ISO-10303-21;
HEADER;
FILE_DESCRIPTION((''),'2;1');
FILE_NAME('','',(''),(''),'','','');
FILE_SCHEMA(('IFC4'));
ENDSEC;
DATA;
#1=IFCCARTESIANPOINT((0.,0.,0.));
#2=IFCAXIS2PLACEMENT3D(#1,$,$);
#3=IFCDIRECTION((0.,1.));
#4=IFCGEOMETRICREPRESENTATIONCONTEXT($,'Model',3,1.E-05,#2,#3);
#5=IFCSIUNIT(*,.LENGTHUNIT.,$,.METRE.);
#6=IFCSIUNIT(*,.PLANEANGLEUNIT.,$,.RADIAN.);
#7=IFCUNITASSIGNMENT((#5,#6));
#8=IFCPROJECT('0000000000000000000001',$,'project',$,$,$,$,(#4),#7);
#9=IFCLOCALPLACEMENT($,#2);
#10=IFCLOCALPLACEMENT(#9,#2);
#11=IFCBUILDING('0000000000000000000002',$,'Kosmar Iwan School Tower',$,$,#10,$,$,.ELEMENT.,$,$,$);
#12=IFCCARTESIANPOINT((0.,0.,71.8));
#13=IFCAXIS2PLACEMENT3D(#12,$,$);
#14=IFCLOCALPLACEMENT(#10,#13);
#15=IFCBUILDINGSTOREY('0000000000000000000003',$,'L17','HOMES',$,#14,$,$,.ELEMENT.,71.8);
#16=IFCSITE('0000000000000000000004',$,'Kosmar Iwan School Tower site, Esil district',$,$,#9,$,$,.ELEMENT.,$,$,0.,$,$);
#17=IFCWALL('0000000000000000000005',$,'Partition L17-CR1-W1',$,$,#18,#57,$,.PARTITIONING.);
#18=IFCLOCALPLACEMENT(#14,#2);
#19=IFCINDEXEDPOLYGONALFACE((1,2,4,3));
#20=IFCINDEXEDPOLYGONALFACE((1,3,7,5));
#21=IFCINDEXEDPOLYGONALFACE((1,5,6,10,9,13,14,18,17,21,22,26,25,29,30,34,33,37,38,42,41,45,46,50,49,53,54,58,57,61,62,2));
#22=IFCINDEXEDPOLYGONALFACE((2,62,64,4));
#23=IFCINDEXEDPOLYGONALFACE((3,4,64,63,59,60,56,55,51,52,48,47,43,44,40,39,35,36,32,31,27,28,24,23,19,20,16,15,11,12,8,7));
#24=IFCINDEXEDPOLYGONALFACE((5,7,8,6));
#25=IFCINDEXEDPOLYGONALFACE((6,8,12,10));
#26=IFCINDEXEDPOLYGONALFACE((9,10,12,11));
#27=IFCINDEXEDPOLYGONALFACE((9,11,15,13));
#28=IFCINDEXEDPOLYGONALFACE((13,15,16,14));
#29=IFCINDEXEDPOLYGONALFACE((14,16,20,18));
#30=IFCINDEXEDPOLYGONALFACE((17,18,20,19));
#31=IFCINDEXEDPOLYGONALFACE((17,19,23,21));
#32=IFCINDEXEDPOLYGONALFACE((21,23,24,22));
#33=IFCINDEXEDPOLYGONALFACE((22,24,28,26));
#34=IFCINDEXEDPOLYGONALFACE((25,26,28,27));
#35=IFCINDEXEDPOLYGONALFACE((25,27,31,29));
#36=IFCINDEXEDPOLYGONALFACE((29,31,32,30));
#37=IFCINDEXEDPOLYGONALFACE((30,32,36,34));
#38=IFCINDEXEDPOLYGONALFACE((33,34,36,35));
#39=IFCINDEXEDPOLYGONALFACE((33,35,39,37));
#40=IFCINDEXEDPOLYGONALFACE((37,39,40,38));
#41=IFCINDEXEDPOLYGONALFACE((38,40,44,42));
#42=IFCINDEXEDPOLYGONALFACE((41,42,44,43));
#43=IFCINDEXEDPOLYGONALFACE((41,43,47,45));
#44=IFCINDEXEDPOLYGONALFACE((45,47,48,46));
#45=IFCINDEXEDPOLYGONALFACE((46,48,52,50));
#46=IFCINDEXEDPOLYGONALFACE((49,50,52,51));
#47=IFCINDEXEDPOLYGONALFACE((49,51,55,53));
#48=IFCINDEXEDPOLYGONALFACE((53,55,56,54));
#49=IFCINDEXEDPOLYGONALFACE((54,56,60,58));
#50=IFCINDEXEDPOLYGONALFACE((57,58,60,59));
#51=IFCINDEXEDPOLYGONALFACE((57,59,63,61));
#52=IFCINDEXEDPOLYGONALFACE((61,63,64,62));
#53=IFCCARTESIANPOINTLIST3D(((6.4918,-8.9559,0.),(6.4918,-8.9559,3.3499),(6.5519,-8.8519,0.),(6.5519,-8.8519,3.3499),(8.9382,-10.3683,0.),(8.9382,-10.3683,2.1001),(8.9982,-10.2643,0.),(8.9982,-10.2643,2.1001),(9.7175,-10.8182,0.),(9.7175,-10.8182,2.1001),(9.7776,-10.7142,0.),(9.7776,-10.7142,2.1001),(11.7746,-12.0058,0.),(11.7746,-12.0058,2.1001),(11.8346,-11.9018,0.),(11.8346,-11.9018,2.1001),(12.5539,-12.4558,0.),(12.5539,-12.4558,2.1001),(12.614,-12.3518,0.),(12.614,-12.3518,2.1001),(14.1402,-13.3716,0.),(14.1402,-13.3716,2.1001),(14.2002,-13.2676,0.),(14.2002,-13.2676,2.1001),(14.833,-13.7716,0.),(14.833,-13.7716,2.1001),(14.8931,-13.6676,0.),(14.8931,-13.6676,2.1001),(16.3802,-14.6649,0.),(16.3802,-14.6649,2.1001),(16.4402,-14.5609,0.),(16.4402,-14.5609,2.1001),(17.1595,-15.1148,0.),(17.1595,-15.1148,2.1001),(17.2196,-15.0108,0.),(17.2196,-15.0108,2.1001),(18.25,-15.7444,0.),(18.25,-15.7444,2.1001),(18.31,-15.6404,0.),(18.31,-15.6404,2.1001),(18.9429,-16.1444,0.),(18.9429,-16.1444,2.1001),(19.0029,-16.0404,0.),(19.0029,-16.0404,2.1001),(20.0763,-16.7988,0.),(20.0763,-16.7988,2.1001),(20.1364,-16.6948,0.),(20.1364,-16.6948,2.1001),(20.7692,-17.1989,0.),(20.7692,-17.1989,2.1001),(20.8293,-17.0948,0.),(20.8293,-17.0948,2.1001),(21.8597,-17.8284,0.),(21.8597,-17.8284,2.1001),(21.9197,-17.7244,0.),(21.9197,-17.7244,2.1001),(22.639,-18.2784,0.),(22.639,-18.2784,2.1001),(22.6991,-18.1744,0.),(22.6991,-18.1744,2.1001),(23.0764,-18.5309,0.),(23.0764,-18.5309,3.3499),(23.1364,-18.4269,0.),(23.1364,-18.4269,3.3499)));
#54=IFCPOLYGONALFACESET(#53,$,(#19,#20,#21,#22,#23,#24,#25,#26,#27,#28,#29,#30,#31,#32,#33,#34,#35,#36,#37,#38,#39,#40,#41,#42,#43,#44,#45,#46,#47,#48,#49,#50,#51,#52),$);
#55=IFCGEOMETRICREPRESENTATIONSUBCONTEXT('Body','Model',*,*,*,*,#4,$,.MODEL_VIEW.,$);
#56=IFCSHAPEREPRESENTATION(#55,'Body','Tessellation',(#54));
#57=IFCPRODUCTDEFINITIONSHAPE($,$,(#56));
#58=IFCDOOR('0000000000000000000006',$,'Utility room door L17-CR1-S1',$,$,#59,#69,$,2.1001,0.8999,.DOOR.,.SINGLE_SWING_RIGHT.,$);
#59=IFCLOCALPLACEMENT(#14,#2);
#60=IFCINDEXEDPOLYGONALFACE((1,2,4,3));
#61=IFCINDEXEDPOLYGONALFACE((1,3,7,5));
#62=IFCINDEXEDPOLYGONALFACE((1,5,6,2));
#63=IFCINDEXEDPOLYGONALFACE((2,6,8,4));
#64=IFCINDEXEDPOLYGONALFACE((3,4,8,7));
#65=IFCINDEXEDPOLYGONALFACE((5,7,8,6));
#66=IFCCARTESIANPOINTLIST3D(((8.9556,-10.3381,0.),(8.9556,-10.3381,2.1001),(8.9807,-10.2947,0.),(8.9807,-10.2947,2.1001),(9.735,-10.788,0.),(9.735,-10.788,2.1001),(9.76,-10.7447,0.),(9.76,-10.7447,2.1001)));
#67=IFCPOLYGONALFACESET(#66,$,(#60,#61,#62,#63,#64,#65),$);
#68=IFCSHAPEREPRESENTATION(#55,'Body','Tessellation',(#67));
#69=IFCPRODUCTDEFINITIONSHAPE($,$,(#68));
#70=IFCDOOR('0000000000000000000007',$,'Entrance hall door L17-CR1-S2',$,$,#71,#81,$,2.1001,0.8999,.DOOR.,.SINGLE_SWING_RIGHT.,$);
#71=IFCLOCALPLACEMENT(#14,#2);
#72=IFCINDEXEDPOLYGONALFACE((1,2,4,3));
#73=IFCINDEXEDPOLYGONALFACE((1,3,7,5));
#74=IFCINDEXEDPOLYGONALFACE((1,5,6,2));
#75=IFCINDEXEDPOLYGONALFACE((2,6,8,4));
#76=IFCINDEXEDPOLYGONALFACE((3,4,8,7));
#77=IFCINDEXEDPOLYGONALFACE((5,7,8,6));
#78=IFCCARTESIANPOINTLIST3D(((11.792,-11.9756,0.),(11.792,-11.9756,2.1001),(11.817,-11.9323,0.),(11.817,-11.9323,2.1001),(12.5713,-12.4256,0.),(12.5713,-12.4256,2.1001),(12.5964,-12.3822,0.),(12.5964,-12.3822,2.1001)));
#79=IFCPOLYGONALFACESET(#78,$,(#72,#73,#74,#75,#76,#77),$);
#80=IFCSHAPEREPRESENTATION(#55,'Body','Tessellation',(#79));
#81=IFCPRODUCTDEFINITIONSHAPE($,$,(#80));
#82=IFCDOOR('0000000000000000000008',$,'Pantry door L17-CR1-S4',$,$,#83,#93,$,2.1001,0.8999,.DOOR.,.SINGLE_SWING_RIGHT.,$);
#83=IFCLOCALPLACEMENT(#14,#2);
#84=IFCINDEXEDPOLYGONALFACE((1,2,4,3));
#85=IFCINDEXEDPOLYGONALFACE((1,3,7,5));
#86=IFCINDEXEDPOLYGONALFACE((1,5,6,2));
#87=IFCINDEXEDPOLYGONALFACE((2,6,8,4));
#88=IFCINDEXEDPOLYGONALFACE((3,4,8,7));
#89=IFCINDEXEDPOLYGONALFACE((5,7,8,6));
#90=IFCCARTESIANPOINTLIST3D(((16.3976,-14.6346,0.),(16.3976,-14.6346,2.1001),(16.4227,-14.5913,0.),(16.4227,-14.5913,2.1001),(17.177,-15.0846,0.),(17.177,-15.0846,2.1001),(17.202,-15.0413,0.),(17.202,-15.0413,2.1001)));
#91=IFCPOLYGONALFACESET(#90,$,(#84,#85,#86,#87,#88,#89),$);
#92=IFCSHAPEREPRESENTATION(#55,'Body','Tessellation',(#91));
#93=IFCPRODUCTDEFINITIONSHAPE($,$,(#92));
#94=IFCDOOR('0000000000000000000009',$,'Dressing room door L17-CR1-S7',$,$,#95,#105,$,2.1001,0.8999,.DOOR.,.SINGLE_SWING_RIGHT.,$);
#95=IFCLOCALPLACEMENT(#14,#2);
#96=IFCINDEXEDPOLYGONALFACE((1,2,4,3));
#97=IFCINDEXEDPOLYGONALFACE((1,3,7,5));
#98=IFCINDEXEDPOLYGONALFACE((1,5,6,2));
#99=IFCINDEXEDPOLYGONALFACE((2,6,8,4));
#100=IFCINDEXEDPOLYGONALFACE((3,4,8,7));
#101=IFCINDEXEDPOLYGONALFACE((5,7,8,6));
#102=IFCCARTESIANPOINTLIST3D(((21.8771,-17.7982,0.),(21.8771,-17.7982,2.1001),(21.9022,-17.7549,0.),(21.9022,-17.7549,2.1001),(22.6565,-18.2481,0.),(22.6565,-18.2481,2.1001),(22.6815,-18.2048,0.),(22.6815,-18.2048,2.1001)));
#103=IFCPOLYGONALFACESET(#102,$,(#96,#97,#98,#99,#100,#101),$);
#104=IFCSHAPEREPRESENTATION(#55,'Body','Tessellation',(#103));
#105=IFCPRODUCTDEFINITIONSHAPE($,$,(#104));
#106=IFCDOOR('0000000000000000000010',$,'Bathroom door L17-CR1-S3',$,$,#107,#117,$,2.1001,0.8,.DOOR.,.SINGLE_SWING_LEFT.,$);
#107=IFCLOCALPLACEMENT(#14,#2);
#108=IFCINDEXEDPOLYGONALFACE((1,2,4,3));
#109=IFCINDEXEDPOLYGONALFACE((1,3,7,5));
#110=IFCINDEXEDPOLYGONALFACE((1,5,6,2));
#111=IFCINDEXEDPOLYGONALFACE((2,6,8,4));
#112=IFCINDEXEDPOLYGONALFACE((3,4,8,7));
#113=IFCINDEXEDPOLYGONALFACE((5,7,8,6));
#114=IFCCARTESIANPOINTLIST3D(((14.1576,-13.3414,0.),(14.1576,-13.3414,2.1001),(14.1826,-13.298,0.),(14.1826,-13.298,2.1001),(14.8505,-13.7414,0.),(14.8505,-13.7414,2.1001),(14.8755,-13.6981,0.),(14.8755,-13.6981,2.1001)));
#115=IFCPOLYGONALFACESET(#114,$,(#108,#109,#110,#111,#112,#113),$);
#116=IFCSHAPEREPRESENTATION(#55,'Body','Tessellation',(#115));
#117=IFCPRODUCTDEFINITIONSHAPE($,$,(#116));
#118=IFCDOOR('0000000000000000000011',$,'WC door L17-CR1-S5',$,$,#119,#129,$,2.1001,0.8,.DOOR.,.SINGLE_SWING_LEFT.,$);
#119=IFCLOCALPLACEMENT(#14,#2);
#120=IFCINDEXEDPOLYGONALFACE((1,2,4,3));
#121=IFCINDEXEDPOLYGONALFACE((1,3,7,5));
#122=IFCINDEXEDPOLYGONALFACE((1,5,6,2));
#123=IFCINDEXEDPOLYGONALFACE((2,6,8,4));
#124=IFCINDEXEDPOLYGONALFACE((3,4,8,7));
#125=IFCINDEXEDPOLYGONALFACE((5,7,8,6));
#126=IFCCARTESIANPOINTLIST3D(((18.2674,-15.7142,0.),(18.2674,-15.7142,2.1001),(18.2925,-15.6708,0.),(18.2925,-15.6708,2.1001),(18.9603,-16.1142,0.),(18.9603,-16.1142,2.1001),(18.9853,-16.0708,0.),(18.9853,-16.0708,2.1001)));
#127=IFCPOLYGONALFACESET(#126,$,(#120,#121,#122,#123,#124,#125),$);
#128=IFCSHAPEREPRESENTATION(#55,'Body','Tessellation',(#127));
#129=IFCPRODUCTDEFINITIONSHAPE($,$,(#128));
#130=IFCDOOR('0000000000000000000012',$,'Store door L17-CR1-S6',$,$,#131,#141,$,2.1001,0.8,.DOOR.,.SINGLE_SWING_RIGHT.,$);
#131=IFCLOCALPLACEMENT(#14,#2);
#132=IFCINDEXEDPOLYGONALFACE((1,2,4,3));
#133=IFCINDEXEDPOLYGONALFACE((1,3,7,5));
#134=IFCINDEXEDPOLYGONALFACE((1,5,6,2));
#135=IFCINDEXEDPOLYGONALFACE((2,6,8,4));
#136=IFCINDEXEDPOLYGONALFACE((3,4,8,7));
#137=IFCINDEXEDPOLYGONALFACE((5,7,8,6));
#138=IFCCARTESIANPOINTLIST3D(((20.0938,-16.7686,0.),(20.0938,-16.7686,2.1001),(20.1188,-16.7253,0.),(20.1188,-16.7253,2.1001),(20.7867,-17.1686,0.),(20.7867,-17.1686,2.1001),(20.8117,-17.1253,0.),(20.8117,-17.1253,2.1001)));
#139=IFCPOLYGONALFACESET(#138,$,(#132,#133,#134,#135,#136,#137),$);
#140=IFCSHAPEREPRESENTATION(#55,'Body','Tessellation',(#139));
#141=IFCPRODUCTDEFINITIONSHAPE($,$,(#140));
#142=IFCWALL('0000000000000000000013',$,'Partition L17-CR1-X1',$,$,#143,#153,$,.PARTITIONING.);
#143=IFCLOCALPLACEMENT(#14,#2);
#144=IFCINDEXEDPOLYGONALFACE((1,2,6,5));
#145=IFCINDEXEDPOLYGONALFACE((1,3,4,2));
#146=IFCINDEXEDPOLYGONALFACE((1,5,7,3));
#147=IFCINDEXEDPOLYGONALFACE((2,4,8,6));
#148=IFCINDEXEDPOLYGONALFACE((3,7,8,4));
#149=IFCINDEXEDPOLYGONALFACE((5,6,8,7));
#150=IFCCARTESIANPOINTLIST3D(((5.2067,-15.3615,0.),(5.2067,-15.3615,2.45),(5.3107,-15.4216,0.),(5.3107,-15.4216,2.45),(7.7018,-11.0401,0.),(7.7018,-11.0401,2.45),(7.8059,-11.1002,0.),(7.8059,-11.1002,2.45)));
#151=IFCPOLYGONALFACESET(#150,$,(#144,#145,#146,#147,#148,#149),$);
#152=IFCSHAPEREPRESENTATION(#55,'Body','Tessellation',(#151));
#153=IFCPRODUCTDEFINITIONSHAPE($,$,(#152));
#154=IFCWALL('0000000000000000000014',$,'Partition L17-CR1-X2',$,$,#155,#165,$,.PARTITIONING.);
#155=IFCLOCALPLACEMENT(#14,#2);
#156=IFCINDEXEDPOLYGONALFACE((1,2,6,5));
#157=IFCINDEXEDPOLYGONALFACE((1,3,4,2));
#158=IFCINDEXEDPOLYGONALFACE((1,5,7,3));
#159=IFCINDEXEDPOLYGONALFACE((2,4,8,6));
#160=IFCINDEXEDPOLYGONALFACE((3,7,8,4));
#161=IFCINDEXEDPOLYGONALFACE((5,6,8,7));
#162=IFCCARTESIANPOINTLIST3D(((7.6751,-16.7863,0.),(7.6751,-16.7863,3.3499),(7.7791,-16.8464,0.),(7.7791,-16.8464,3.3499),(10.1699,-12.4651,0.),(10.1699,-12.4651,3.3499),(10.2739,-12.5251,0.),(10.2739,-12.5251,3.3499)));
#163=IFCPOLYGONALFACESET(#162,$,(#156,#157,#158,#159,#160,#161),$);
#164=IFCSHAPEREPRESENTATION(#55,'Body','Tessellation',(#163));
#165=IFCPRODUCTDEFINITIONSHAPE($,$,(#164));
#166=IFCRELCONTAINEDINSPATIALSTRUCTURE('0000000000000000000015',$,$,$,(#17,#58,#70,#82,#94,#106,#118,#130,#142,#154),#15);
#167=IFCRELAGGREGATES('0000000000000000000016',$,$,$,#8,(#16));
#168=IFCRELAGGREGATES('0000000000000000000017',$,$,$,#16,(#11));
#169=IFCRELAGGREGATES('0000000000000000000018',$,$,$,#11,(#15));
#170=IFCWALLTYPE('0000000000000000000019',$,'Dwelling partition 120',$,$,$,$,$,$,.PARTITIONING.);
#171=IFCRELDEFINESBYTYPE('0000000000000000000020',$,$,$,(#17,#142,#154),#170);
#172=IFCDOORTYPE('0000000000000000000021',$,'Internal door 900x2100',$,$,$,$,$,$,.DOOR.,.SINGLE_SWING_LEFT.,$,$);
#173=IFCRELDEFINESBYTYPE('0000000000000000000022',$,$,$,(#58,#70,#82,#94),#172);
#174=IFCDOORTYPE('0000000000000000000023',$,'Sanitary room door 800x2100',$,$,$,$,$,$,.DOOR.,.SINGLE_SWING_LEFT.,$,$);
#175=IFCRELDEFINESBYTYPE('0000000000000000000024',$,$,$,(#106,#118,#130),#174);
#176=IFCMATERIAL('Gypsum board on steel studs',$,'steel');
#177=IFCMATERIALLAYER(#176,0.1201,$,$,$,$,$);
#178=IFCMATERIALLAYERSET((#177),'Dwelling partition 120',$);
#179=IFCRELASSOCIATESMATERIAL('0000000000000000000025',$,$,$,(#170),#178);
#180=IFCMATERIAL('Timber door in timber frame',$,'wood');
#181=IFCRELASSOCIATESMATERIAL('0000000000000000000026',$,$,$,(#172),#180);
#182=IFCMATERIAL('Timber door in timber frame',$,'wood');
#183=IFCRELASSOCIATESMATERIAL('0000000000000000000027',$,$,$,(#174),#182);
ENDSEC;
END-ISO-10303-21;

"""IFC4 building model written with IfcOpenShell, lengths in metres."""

from ifc_helpers import new_model, si_unit, direction, frame, frame_2d, origin, place, context, subcontext, project, spatial, rectangle, extrude, material, layer, layer_set, type_object, element, fill, save


model = new_model("IFC4")

# Units and contexts
model_context = context("Model", 3, precision=1e-05, world=origin(), true_north=direction((0.0, 1.0)))
body_context = subcontext(model_context, "Body", "Model", "MODEL_VIEW")
ifc_project = project(units=[si_unit("LENGTHUNIT", "METRE"), si_unit("PLANEANGLEUNIT", "RADIAN")], contexts=[model_context])

# Site, building, storey
site_placement = place(None, origin())
site = spatial("IfcSite", under=ifc_project, at=site_placement, Name="Kosmar Iwan School Tower site, Esil district", CompositionType="ELEMENT", RefElevation=0.0)
building_placement = place(site_placement, origin())
building = spatial("IfcBuilding", under=site, at=building_placement, Name="Kosmar Iwan School Tower", CompositionType="ELEMENT")
storey_placement = place(building_placement, frame((0.0, 0.0, 71.8)))
storey = spatial("IfcBuildingStorey", under=building, at=storey_placement, Name="L17", Description="HOMES", CompositionType="ELEMENT", Elevation=71.8)

# Shared definitions
ifc_material_1 = material(Name="Gypsum board on steel studs", Category="steel")
ifc_layer_1 = layer(ifc_material_1, 0.1201)
ifc_layer_set_1 = layer_set([ifc_layer_1], Name="Dwelling partition 120")
wall_type_1 = type_object("IfcWallType", Name="Dwelling partition 120", PredefinedType="PARTITIONING", material=ifc_layer_set_1)

# Wall, openings, doors
wall_1_placement = place(storey_placement, frame((6.5217, -8.9038, 0.0), z_axis=(0.0, 0.0, 1.0), x_axis=(0.866028, -0.499996, 0.0)))
wall_1 = element("IfcWall", 1, at=wall_1_placement, inside=storey, type_object=wall_type_1, Name="Partition L17-CR1-W1", PredefinedType="PARTITIONING", context=body_context, shape_type="SweptSolid", body=[
    extrude(rectangle(XDim=19.1501, YDim=0.1201, at=frame_2d((9.5752, 0.0))), origin(), (0.0, 0.0, 1.0), 3.3499),
])
opening_1_placement = place(wall_1_placement, frame((2.825, 0.0, 0.0)))
opening_1 = element("IfcOpeningElement", 2, at=opening_1_placement, cuts=wall_1, PredefinedType="OPENING", context=body_context, shape_type="SweptSolid", body=[
    extrude(rectangle(XDim=0.8999, YDim=2.1001, at=frame_2d((0.45, 1.05))), frame((0.0, 0.072, 0.0), z_axis=(0.0, -1.0, 0.0), x_axis=(1.0, 0.0, 0.0)), (0.0, 0.0, 1.0), 0.144),
])
opening_2_placement = place(wall_1_placement, frame((6.1001, 0.0, 0.0)))
opening_2 = element("IfcOpeningElement", 3, at=opening_2_placement, cuts=wall_1, PredefinedType="OPENING", context=body_context, shape_type="SweptSolid", body=[
    extrude(rectangle(XDim=0.8999, YDim=2.1001, at=frame_2d((0.45, 1.05))), frame((0.0, 0.072, 0.0), z_axis=(0.0, -1.0, 0.0), x_axis=(1.0, 0.0, 0.0)), (0.0, 0.0, 1.0), 0.144),
])
opening_3_placement = place(wall_1_placement, frame((8.8318, 0.0, 0.0)))
opening_3 = element("IfcOpeningElement", 4, at=opening_3_placement, cuts=wall_1, PredefinedType="OPENING", context=body_context, shape_type="SweptSolid", body=[
    extrude(rectangle(XDim=0.8, YDim=2.1001, at=frame_2d((0.3999, 1.05))), frame((0.0, 0.072, 0.0), z_axis=(0.0, -1.0, 0.0), x_axis=(1.0, 0.0, 0.0)), (0.0, 0.0, 1.0), 0.144),
])
opening_4_placement = place(wall_1_placement, frame((11.4182, 0.0, 0.0)))
opening_4 = element("IfcOpeningElement", 5, at=opening_4_placement, cuts=wall_1, PredefinedType="OPENING", context=body_context, shape_type="SweptSolid", body=[
    extrude(rectangle(XDim=0.8999, YDim=2.1001, at=frame_2d((0.45, 1.05))), frame((0.0, 0.072, 0.0), z_axis=(0.0, -1.0, 0.0), x_axis=(1.0, 0.0, 0.0)), (0.0, 0.0, 1.0), 0.144),
])
opening_5_placement = place(wall_1_placement, frame((13.5774, 0.0, 0.0)))
opening_5 = element("IfcOpeningElement", 6, at=opening_5_placement, cuts=wall_1, PredefinedType="OPENING", context=body_context, shape_type="SweptSolid", body=[
    extrude(rectangle(XDim=0.8, YDim=2.1001, at=frame_2d((0.3999, 1.05))), frame((0.0, 0.072, 0.0), z_axis=(0.0, -1.0, 0.0), x_axis=(1.0, 0.0, 0.0)), (0.0, 0.0, 1.0), 0.144),
])
opening_6_placement = place(wall_1_placement, frame((15.6863, 0.0, 0.0)))
opening_6 = element("IfcOpeningElement", 7, at=opening_6_placement, cuts=wall_1, PredefinedType="OPENING", context=body_context, shape_type="SweptSolid", body=[
    extrude(rectangle(XDim=0.8, YDim=2.1001, at=frame_2d((0.3999, 1.05))), frame((0.0, 0.072, 0.0), z_axis=(0.0, -1.0, 0.0), x_axis=(1.0, 0.0, 0.0)), (0.0, 0.0, 1.0), 0.144),
])
opening_7_placement = place(wall_1_placement, frame((17.7454, 0.0, 0.0)))
opening_7 = element("IfcOpeningElement", 8, at=opening_7_placement, cuts=wall_1, PredefinedType="OPENING", context=body_context, shape_type="SweptSolid", body=[
    extrude(rectangle(XDim=0.8999, YDim=2.1001, at=frame_2d((0.45, 1.05))), frame((0.0, 0.072, 0.0), z_axis=(0.0, -1.0, 0.0), x_axis=(1.0, 0.0, 0.0)), (0.0, 0.0, 1.0), 0.144),
])
ifc_material_2 = material(Name="Timber door in timber frame", Category="wood")
door_type_1 = type_object("IfcDoorType", Name="Internal door 900x2100", OperationType="SINGLE_SWING_LEFT", PredefinedType="DOOR", material=ifc_material_2)
door_1_placement = place(opening_1_placement, origin())
door_1 = element("IfcDoor", 9, at=door_1_placement, inside=storey, type_object=door_type_1, Name="Utility room door L17-CR1-S1", OperationType="SINGLE_SWING_RIGHT", OverallHeight=2.1001, OverallWidth=0.8999, PredefinedType="DOOR", context=body_context, shape_type="SweptSolid", body=[
    extrude(rectangle(XDim=0.8999, YDim=2.1001, at=frame_2d((0.45, 1.05))), frame((0.0, 0.0249, 0.0), z_axis=(0.0, -1.0, 0.0), x_axis=(1.0, 0.0, 0.0)), (0.0, 0.0, 1.0), 0.05),
])
fill(opening_1, door_1)
door_2_placement = place(opening_2_placement, origin())
door_2 = element("IfcDoor", 10, at=door_2_placement, inside=storey, type_object=door_type_1, Name="Entrance hall door L17-CR1-S2", OperationType="SINGLE_SWING_RIGHT", OverallHeight=2.1001, OverallWidth=0.8999, PredefinedType="DOOR", context=body_context, shape_type="SweptSolid", body=[
    extrude(rectangle(XDim=0.8999, YDim=2.1001, at=frame_2d((0.45, 1.05))), frame((0.0, 0.0249, 0.0), z_axis=(0.0, -1.0, 0.0), x_axis=(1.0, 0.0, 0.0)), (0.0, 0.0, 1.0), 0.05),
])
fill(opening_2, door_2)
door_3_placement = place(opening_4_placement, origin())
door_3 = element("IfcDoor", 11, at=door_3_placement, inside=storey, type_object=door_type_1, Name="Pantry door L17-CR1-S4", OperationType="SINGLE_SWING_RIGHT", OverallHeight=2.1001, OverallWidth=0.8999, PredefinedType="DOOR", context=body_context, shape_type="SweptSolid", body=[
    extrude(rectangle(XDim=0.8999, YDim=2.1001, at=frame_2d((0.45, 1.05))), frame((0.0, 0.0249, 0.0), z_axis=(0.0, -1.0, 0.0), x_axis=(1.0, 0.0, 0.0)), (0.0, 0.0, 1.0), 0.05),
])
fill(opening_4, door_3)
door_4_placement = place(opening_7_placement, origin())
door_4 = element("IfcDoor", 12, at=door_4_placement, inside=storey, type_object=door_type_1, Name="Dressing room door L17-CR1-S7", OperationType="SINGLE_SWING_RIGHT", OverallHeight=2.1001, OverallWidth=0.8999, PredefinedType="DOOR", context=body_context, shape_type="SweptSolid", body=[
    extrude(rectangle(XDim=0.8999, YDim=2.1001, at=frame_2d((0.45, 1.05))), frame((0.0, 0.0249, 0.0), z_axis=(0.0, -1.0, 0.0), x_axis=(1.0, 0.0, 0.0)), (0.0, 0.0, 1.0), 0.05),
])
fill(opening_7, door_4)
ifc_material_3 = material(Name="Timber door in timber frame", Category="wood")
door_type_2 = type_object("IfcDoorType", Name="Sanitary room door 800x2100", OperationType="SINGLE_SWING_LEFT", PredefinedType="DOOR", material=ifc_material_3)
door_5_placement = place(opening_3_placement, origin())
door_5 = element("IfcDoor", 13, at=door_5_placement, inside=storey, type_object=door_type_2, Name="Bathroom door L17-CR1-S3", OperationType="SINGLE_SWING_LEFT", OverallHeight=2.1001, OverallWidth=0.8, PredefinedType="DOOR", context=body_context, shape_type="SweptSolid", body=[
    extrude(rectangle(XDim=0.8, YDim=2.1001, at=frame_2d((0.3999, 1.05))), frame((0.0, 0.0249, 0.0), z_axis=(0.0, -1.0, 0.0), x_axis=(1.0, 0.0, 0.0)), (0.0, 0.0, 1.0), 0.05),
])
fill(opening_3, door_5)
door_6_placement = place(opening_5_placement, origin())
door_6 = element("IfcDoor", 14, at=door_6_placement, inside=storey, type_object=door_type_2, Name="WC door L17-CR1-S5", OperationType="SINGLE_SWING_LEFT", OverallHeight=2.1001, OverallWidth=0.8, PredefinedType="DOOR", context=body_context, shape_type="SweptSolid", body=[
    extrude(rectangle(XDim=0.8, YDim=2.1001, at=frame_2d((0.3999, 1.05))), frame((0.0, 0.0249, 0.0), z_axis=(0.0, -1.0, 0.0), x_axis=(1.0, 0.0, 0.0)), (0.0, 0.0, 1.0), 0.05),
])
fill(opening_5, door_6)
door_7_placement = place(opening_6_placement, origin())
door_7 = element("IfcDoor", 15, at=door_7_placement, inside=storey, type_object=door_type_2, Name="Store door L17-CR1-S6", OperationType="SINGLE_SWING_RIGHT", OverallHeight=2.1001, OverallWidth=0.8, PredefinedType="DOOR", context=body_context, shape_type="SweptSolid", body=[
    extrude(rectangle(XDim=0.8, YDim=2.1001, at=frame_2d((0.3999, 1.05))), frame((0.0, 0.0249, 0.0), z_axis=(0.0, -1.0, 0.0), x_axis=(1.0, 0.0, 0.0)), (0.0, 0.0, 1.0), 0.05),
])
fill(opening_6, door_7)

# Walls
wall_2_placement = place(storey_placement, frame((7.7539, -11.0701, 0.0), z_axis=(0.0, 0.0, 1.0), x_axis=(-0.500033, -0.866006, 0.0)))
element("IfcWall", 16, at=wall_2_placement, inside=storey, type_object=wall_type_1, Name="Partition L17-CR1-X1", PredefinedType="PARTITIONING", context=body_context, shape_type="SweptSolid", body=[
    extrude(rectangle(XDim=4.99, YDim=0.1201, at=frame_2d((2.4951, 0.0))), origin(), (0.0, 0.0, 1.0), 2.45),
])
wall_3_placement = place(storey_placement, frame((10.2219, -12.4951, 0.0), z_axis=(0.0, 0.0, 1.0), x_axis=(-0.499996, -0.866028, 0.0)))
element("IfcWall", 17, at=wall_3_placement, inside=storey, type_object=wall_type_1, Name="Partition L17-CR1-X2", PredefinedType="PARTITIONING", context=body_context, shape_type="SweptSolid", body=[
    extrude(rectangle(XDim=4.9897, YDim=0.1201, at=frame_2d((2.4949, 0.0))), origin(), (0.0, 0.0, 1.0), 3.3499),
])

save(model, "model.ifc")
